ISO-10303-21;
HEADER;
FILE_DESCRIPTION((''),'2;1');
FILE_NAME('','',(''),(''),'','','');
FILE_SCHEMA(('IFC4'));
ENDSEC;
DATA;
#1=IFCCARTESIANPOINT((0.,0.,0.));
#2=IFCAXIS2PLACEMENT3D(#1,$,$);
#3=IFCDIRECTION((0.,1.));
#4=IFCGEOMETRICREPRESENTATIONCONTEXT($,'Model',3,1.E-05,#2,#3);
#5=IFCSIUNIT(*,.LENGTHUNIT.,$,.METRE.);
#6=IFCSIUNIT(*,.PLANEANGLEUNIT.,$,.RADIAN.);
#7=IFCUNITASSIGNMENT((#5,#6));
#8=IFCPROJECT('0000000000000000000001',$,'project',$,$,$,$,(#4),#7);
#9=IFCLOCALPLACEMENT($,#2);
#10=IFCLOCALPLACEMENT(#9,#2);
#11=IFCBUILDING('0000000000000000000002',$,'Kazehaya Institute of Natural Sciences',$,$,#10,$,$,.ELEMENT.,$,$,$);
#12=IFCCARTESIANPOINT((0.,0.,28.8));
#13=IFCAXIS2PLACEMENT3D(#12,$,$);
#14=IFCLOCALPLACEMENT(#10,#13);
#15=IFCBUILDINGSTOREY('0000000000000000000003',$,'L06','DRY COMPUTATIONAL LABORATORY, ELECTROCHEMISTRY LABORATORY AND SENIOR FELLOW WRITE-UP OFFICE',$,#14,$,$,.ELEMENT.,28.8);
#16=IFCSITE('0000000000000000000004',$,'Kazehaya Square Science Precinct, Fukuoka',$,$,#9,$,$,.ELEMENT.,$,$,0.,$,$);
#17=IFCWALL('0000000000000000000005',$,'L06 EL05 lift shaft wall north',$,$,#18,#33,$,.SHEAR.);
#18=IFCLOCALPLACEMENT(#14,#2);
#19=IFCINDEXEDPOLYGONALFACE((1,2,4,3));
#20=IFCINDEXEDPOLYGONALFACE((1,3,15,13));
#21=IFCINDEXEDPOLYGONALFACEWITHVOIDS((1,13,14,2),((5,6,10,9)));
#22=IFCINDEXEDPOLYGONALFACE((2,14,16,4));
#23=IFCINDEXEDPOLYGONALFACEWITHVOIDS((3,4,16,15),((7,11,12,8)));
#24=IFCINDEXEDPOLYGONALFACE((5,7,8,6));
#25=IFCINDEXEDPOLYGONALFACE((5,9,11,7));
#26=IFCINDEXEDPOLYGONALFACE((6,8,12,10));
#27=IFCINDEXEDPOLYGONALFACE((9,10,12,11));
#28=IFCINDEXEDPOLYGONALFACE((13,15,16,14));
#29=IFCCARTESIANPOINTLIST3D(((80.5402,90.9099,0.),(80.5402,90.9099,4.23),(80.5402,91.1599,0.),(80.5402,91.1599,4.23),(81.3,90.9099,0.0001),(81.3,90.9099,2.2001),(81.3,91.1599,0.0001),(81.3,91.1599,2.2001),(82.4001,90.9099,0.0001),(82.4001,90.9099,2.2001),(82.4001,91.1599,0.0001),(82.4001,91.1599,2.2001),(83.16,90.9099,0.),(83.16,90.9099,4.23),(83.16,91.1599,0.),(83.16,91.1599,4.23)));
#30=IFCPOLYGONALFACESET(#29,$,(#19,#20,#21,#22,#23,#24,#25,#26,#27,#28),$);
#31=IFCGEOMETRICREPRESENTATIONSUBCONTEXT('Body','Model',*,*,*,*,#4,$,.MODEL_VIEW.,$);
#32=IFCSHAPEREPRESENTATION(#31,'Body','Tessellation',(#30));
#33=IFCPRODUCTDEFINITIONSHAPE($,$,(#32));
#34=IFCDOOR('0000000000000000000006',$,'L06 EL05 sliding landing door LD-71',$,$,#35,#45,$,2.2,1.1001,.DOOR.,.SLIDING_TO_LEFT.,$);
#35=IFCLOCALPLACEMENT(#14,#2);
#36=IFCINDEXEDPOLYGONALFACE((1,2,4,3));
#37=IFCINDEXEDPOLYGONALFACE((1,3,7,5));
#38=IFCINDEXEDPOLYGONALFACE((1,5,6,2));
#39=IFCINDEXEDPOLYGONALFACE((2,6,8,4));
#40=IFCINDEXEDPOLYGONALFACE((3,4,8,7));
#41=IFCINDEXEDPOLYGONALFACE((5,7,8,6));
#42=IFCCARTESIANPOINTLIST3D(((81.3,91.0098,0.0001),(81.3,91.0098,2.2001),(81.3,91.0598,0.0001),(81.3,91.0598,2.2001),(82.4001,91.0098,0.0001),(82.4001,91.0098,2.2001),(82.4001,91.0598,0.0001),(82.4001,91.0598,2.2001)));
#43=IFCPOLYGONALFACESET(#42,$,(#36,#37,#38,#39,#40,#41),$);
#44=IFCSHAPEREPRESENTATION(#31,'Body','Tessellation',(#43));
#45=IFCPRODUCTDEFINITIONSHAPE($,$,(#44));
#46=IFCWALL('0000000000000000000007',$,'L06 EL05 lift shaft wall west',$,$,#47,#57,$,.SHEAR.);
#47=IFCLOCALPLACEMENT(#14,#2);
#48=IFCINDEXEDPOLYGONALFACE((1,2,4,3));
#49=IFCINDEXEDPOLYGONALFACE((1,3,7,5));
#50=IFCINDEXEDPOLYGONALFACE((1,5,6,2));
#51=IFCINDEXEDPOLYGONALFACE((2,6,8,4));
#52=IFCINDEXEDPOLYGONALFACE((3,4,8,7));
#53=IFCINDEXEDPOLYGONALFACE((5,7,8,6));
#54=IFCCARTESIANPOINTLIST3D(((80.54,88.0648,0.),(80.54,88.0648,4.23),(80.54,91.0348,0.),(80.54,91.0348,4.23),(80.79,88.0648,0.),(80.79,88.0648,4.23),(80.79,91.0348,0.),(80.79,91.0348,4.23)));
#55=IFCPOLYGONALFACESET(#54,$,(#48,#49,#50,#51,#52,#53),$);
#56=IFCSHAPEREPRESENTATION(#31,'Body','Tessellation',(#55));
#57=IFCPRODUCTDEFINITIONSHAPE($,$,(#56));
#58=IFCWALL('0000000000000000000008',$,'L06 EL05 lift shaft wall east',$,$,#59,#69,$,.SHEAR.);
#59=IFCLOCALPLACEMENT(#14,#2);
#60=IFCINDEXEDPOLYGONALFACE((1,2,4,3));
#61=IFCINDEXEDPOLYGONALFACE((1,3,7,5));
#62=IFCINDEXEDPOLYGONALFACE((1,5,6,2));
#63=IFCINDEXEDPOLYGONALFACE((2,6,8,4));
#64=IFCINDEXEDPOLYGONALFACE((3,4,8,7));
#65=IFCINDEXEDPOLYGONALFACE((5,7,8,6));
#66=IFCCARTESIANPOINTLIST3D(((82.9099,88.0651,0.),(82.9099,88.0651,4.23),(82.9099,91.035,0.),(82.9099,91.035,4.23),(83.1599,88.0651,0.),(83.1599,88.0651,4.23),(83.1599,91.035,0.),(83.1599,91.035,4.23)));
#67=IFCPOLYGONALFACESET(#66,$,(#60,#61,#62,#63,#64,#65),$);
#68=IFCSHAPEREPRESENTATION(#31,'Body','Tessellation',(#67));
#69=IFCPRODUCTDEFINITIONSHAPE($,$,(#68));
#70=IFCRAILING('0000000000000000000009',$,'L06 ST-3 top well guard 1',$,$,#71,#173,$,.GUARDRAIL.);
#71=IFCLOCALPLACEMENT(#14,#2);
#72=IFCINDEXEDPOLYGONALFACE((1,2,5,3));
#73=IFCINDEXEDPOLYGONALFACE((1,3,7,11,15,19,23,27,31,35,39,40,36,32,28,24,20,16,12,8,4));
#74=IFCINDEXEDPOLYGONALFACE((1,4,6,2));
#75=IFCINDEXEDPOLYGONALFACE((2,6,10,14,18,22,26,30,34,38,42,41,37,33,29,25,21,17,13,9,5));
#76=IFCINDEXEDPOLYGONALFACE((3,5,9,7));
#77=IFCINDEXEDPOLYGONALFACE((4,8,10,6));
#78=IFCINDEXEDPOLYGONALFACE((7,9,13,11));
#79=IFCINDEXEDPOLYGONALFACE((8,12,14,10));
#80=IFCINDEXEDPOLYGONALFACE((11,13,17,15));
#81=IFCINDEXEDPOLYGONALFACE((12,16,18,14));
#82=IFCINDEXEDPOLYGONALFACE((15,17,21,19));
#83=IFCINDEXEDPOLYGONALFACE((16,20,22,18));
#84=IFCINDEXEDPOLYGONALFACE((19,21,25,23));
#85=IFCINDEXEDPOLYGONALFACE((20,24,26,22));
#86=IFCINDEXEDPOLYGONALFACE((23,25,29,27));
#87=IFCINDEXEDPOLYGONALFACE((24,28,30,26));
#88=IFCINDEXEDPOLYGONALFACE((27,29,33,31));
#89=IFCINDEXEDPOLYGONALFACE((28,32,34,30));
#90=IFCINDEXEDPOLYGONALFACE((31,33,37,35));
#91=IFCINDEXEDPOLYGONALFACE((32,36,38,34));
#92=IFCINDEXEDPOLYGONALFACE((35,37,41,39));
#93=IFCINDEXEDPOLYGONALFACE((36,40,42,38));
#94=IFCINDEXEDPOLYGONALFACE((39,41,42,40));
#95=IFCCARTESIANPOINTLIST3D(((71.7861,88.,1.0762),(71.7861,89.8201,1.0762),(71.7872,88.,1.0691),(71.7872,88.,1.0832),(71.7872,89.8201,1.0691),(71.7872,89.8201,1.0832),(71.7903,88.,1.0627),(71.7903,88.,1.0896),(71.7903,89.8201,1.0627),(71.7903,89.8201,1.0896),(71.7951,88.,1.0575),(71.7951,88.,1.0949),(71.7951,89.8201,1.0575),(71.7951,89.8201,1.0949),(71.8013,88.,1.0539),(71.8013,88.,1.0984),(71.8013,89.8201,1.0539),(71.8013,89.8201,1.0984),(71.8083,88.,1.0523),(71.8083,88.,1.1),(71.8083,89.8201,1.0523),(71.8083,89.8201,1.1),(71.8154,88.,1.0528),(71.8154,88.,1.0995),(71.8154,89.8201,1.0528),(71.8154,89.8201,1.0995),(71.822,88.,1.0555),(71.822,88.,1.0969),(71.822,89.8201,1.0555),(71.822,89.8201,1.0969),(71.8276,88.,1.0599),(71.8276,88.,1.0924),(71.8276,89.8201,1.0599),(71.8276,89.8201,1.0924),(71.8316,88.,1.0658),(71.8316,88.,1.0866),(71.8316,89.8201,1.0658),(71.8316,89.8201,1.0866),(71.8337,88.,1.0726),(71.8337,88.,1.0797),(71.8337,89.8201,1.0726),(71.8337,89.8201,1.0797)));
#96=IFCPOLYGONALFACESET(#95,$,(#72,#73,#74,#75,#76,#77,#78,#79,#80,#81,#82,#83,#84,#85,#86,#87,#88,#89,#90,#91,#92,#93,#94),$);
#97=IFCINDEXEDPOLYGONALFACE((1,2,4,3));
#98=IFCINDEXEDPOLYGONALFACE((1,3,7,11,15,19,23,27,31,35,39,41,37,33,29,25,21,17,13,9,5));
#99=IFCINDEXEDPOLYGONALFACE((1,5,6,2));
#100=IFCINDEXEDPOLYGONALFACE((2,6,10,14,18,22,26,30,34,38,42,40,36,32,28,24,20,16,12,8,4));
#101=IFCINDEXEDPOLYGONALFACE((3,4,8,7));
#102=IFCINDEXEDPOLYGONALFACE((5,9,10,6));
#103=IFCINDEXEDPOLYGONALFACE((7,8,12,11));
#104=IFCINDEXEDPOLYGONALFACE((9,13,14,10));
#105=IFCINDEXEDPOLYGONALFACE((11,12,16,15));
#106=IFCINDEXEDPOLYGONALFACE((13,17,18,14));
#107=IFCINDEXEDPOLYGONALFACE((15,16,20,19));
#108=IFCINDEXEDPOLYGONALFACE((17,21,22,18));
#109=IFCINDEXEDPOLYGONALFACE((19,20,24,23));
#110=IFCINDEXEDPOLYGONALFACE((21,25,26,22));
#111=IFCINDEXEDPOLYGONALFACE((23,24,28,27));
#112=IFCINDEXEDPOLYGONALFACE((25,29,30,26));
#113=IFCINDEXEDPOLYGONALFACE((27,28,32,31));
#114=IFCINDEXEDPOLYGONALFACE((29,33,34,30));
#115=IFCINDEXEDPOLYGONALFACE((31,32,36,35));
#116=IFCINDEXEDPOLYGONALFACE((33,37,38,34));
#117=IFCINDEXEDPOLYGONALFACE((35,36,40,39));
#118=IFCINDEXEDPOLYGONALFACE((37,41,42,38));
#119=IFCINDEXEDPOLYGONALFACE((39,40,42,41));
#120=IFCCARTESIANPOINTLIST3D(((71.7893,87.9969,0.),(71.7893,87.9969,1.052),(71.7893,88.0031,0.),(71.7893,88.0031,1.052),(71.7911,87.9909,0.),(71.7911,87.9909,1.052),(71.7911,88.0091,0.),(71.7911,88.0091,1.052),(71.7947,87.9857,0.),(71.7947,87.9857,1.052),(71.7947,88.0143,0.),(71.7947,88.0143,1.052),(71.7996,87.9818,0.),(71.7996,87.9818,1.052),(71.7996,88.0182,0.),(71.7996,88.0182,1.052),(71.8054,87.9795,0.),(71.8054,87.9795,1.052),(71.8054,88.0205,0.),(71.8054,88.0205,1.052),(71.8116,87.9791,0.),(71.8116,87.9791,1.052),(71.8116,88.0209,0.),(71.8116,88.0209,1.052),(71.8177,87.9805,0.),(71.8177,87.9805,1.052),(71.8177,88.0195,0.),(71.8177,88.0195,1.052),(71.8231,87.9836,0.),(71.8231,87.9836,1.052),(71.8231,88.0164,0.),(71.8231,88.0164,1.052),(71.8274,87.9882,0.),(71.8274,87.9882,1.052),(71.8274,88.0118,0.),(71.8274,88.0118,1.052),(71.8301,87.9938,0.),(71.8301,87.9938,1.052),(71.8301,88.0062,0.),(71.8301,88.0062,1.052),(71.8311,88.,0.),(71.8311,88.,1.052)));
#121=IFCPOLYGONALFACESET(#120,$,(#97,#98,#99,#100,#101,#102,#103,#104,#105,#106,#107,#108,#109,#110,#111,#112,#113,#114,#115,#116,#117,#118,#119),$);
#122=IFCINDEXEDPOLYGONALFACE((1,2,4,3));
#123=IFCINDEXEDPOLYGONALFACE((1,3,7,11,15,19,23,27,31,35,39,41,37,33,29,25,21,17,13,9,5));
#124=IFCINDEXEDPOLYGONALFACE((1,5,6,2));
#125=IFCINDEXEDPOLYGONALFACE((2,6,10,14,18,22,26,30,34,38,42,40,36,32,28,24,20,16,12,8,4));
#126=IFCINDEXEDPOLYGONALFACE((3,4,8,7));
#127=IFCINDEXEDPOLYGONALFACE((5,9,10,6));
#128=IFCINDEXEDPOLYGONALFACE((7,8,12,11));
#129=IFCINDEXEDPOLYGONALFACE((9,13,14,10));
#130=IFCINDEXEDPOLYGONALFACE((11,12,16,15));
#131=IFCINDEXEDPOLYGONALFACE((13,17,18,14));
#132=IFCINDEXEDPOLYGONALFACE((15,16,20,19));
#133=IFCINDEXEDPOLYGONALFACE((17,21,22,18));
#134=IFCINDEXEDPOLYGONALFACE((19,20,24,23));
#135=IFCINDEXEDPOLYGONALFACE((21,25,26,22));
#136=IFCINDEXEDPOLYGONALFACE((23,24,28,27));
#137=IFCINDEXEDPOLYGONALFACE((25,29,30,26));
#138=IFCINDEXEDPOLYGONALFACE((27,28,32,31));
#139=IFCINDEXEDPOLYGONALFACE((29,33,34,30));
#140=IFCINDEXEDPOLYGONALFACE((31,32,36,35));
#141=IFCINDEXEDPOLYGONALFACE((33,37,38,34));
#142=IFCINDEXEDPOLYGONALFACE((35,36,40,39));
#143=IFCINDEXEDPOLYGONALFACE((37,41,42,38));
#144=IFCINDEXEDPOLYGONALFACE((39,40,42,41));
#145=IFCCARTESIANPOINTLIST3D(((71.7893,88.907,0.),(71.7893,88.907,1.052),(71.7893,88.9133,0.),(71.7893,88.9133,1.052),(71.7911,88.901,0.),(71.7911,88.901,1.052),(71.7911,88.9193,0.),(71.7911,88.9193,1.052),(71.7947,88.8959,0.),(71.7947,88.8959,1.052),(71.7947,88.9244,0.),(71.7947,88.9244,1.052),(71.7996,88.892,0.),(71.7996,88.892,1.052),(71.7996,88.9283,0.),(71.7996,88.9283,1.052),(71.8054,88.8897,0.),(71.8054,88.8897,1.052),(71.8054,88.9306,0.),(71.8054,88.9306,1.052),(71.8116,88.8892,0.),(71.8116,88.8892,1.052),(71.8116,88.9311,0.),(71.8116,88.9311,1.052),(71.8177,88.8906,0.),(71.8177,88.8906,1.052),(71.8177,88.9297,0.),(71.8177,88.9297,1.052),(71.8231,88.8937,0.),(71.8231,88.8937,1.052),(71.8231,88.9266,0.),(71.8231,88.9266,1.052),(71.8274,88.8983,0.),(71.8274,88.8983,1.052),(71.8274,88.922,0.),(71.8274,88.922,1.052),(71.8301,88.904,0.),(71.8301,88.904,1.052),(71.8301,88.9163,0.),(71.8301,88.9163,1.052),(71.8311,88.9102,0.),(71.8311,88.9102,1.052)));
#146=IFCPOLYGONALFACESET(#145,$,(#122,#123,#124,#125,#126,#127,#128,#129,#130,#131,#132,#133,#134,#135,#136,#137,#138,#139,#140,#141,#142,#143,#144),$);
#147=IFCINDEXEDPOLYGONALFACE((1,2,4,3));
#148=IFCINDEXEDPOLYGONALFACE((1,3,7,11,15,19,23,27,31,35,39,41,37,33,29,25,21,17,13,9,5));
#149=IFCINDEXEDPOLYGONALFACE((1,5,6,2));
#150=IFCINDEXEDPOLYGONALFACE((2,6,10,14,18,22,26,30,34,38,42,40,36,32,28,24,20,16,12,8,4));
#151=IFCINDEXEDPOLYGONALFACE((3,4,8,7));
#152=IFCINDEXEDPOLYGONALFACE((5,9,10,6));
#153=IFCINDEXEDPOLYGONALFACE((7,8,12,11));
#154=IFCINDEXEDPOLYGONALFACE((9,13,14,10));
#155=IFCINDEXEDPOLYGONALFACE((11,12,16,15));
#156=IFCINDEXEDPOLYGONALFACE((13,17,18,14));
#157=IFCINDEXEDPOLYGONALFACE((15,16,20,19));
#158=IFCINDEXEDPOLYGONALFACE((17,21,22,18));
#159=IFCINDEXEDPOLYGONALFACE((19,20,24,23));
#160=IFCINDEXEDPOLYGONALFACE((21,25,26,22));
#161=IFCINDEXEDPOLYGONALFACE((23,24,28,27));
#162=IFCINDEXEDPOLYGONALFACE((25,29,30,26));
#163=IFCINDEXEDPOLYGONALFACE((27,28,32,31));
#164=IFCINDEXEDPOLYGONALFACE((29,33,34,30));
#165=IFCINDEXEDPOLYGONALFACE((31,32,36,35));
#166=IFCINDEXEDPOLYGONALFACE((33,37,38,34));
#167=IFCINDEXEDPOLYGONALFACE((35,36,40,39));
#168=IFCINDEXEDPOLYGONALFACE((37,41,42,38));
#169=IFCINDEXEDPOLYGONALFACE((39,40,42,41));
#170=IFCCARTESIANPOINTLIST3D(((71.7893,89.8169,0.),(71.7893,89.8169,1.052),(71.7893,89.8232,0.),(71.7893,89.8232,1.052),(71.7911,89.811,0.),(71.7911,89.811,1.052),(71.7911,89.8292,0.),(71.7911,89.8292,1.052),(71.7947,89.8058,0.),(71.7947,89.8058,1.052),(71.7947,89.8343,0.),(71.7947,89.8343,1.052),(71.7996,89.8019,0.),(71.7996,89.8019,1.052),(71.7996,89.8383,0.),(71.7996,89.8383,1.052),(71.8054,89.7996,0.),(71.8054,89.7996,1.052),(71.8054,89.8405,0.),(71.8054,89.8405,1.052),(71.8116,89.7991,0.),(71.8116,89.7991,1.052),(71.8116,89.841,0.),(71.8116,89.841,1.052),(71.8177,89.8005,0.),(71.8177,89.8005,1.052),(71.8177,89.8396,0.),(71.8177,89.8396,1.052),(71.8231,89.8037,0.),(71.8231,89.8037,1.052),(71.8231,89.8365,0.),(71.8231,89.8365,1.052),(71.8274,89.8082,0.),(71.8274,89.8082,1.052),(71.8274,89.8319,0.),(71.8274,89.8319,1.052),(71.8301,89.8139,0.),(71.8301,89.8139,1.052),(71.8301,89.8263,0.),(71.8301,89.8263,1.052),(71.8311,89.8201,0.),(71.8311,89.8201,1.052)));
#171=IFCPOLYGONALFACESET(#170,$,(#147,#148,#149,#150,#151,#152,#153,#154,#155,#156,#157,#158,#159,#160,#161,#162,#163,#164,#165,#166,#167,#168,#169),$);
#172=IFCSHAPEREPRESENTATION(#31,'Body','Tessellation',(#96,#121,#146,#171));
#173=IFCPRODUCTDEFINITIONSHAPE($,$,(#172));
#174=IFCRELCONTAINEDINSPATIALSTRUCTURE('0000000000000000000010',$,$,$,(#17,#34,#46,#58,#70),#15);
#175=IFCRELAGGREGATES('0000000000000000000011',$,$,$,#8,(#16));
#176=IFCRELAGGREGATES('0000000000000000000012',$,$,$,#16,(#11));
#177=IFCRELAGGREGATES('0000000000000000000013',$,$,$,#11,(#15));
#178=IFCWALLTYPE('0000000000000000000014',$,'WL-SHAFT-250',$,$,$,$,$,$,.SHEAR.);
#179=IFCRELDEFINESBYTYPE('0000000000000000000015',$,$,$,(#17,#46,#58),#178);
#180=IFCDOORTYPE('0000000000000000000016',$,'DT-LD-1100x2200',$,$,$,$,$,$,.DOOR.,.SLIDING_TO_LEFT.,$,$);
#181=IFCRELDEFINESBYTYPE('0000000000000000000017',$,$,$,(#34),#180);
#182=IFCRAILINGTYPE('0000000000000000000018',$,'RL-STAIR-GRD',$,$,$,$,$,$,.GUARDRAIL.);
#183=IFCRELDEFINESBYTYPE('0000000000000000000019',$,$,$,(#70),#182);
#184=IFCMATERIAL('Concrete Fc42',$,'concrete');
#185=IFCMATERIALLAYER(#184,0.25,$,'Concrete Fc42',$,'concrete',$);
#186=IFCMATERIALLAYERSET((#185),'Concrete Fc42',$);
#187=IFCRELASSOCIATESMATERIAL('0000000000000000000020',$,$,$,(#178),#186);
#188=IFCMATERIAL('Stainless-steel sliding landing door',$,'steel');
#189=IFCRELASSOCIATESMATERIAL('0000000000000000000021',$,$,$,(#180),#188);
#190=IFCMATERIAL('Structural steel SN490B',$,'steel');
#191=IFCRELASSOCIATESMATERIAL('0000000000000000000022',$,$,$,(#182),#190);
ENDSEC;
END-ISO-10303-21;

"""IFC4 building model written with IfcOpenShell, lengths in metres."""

from ifc_helpers import new_model, si_unit, direction, frame, frame_2d, origin, origin_2d, place, context, subcontext, project, spatial, rectangle, circle, extrude, material, layer, layer_set, type_object, element, fill, save


model = new_model("IFC4")

# Units and contexts
model_context = context("Model", 3, precision=1e-05, world=origin(), true_north=direction((0.0, 1.0)))
body_context = subcontext(model_context, "Body", "Model", "MODEL_VIEW")
ifc_project = project(units=[si_unit("LENGTHUNIT", "METRE"), si_unit("PLANEANGLEUNIT", "RADIAN")], contexts=[model_context])

# Site, building, storey
site_placement = place(None, origin())
site = spatial("IfcSite", under=ifc_project, at=site_placement, Name="Kazehaya Square Science Precinct, Fukuoka", CompositionType="ELEMENT", RefElevation=0.0)
building_placement = place(site_placement, origin())
building = spatial("IfcBuilding", under=site, at=building_placement, Name="Kazehaya Institute of Natural Sciences", CompositionType="ELEMENT")
storey_placement = place(building_placement, frame((0.0, 0.0, 28.8)))
storey = spatial("IfcBuildingStorey", under=building, at=storey_placement, Name="L06", Description="DRY COMPUTATIONAL LABORATORY, ELECTROCHEMISTRY LABORATORY AND SENIOR FELLOW WRITE-UP OFFICE", CompositionType="ELEMENT", Elevation=28.8)

# Shared definitions
ifc_material_1 = material(Name="Concrete Fc42", Category="concrete")

# Shared definitions
ifc_layer_1 = layer(ifc_material_1, 0.25, Name="Concrete Fc42", Category="concrete")
ifc_layer_set_1 = layer_set([ifc_layer_1], Name="Concrete Fc42")
wall_type_1 = type_object("IfcWallType", Name="WL-SHAFT-250", PredefinedType="SHEAR", material=ifc_layer_set_1)

# Shared definitions
ifc_material_2 = material(Name="Stainless-steel sliding landing door", Category="steel")
door_type_1 = type_object("IfcDoorType", Name="DT-LD-1100x2200", OperationType="SLIDING_TO_LEFT", PredefinedType="DOOR", material=ifc_material_2)

# Wall, opening, door
wall_1_placement = place(storey_placement, frame((80.54, 91.0349, 0.0), z_axis=(0.0, 0.0, 1.0), x_axis=(1.0, 0.0, 0.0)))
wall_1 = element("IfcWall", 1, at=wall_1_placement, inside=storey, type_object=wall_type_1, Name="L06 EL05 lift shaft wall north", PredefinedType="SHEAR", context=body_context, shape_type="SweptSolid", body=[
    extrude(rectangle(XDim=2.6199, YDim=0.25, at=frame_2d((1.3101, 0.0))), origin(), (0.0, 0.0, 1.0), 4.23),
])
opening_1_placement = place(wall_1_placement, frame((0.76, 0.0, 0.0)))
opening_1 = element("IfcOpeningElement", 2, at=opening_1_placement, cuts=wall_1, PredefinedType="OPENING", context=body_context, shape_type="SweptSolid", body=[
    extrude(rectangle(XDim=1.1001, YDim=2.2, at=frame_2d((0.55, 1.1001))), frame((0.0, 0.135, 0.0), z_axis=(0.0, -1.0, 0.0), x_axis=(1.0, 0.0, 0.0)), (0.0, 0.0, 1.0), 0.27),
])
door_1_placement = place(opening_1_placement, origin())
door_1 = element("IfcDoor", 3, at=door_1_placement, inside=storey, type_object=door_type_1, Name="L06 EL05 sliding landing door LD-71", OperationType="SLIDING_TO_LEFT", OverallHeight=2.2, OverallWidth=1.1001, PredefinedType="DOOR", context=body_context, shape_type="SweptSolid", body=[
    extrude(rectangle(XDim=1.1001, YDim=2.2, at=frame_2d((0.55, 1.1001))), frame((0.0, 0.0249, 0.0), z_axis=(0.0, -1.0, 0.0), x_axis=(1.0, 0.0, 0.0)), (0.0, 0.0, 1.0), 0.05),
])
fill(opening_1, door_1)

# Walls
for number, where, z_axis, x_axis, name in (
    (4, (80.665, 88.0649, 0.0), (0.0, 0.0, 1.0), (0.0, 1.0, 0.0), "L06 EL05 lift shaft wall west"),
    (5, (83.0349, 91.0349, 0.0), (0.0, 0.0, 1.0), (0.0, -1.0, 0.0), "L06 EL05 lift shaft wall east"),
):
    element("IfcWall", number, at=place(storey_placement, frame(where, z_axis=z_axis, x_axis=x_axis)), inside=storey, type_object=wall_type_1, Name=name, PredefinedType="SHEAR", context=body_context, shape_type="SweptSolid", body=[
        extrude(rectangle(XDim=2.97, YDim=0.25, at=frame_2d((1.4849, 0.0))), origin(), (0.0, 0.0, 1.0), 4.23),
    ])

# Railing
ifc_material_3 = material(Name="Structural steel SN490B", Category="steel")
railing_type = type_object("IfcRailingType", Name="RL-STAIR-GRD", PredefinedType="GUARDRAIL", material=ifc_material_3)
railing_placement = place(storey_placement, frame((71.8101, 88.0, 0.0)))
element("IfcRailing", 6, at=railing_placement, inside=storey, type_object=railing_type, Name="L06 ST-3 top well guard 1", PredefinedType="GUARDRAIL", context=body_context, shape_type="SweptSolid", body=[
    extrude(circle(Radius=0.0239, at=origin_2d()), frame((0.0, 0.0, 1.0762), z_axis=(0.0, 1.0, 0.0), x_axis=(-1.0, 0.0, 0.0)), (0.0, 0.0, 1.0), 1.8201),
    extrude(circle(Radius=0.021, at=origin_2d()), origin(), (0.0, 0.0, 1.0), 1.052),
    extrude(circle(Radius=0.021, at=origin_2d()), frame((0.0, 0.9102, 0.0)), (0.0, 0.0, 1.0), 1.052),
    extrude(circle(Radius=0.021, at=origin_2d()), frame((0.0, 1.8201, 0.0)), (0.0, 0.0, 1.0), 1.052),
])

save(model, "model.ifc")
